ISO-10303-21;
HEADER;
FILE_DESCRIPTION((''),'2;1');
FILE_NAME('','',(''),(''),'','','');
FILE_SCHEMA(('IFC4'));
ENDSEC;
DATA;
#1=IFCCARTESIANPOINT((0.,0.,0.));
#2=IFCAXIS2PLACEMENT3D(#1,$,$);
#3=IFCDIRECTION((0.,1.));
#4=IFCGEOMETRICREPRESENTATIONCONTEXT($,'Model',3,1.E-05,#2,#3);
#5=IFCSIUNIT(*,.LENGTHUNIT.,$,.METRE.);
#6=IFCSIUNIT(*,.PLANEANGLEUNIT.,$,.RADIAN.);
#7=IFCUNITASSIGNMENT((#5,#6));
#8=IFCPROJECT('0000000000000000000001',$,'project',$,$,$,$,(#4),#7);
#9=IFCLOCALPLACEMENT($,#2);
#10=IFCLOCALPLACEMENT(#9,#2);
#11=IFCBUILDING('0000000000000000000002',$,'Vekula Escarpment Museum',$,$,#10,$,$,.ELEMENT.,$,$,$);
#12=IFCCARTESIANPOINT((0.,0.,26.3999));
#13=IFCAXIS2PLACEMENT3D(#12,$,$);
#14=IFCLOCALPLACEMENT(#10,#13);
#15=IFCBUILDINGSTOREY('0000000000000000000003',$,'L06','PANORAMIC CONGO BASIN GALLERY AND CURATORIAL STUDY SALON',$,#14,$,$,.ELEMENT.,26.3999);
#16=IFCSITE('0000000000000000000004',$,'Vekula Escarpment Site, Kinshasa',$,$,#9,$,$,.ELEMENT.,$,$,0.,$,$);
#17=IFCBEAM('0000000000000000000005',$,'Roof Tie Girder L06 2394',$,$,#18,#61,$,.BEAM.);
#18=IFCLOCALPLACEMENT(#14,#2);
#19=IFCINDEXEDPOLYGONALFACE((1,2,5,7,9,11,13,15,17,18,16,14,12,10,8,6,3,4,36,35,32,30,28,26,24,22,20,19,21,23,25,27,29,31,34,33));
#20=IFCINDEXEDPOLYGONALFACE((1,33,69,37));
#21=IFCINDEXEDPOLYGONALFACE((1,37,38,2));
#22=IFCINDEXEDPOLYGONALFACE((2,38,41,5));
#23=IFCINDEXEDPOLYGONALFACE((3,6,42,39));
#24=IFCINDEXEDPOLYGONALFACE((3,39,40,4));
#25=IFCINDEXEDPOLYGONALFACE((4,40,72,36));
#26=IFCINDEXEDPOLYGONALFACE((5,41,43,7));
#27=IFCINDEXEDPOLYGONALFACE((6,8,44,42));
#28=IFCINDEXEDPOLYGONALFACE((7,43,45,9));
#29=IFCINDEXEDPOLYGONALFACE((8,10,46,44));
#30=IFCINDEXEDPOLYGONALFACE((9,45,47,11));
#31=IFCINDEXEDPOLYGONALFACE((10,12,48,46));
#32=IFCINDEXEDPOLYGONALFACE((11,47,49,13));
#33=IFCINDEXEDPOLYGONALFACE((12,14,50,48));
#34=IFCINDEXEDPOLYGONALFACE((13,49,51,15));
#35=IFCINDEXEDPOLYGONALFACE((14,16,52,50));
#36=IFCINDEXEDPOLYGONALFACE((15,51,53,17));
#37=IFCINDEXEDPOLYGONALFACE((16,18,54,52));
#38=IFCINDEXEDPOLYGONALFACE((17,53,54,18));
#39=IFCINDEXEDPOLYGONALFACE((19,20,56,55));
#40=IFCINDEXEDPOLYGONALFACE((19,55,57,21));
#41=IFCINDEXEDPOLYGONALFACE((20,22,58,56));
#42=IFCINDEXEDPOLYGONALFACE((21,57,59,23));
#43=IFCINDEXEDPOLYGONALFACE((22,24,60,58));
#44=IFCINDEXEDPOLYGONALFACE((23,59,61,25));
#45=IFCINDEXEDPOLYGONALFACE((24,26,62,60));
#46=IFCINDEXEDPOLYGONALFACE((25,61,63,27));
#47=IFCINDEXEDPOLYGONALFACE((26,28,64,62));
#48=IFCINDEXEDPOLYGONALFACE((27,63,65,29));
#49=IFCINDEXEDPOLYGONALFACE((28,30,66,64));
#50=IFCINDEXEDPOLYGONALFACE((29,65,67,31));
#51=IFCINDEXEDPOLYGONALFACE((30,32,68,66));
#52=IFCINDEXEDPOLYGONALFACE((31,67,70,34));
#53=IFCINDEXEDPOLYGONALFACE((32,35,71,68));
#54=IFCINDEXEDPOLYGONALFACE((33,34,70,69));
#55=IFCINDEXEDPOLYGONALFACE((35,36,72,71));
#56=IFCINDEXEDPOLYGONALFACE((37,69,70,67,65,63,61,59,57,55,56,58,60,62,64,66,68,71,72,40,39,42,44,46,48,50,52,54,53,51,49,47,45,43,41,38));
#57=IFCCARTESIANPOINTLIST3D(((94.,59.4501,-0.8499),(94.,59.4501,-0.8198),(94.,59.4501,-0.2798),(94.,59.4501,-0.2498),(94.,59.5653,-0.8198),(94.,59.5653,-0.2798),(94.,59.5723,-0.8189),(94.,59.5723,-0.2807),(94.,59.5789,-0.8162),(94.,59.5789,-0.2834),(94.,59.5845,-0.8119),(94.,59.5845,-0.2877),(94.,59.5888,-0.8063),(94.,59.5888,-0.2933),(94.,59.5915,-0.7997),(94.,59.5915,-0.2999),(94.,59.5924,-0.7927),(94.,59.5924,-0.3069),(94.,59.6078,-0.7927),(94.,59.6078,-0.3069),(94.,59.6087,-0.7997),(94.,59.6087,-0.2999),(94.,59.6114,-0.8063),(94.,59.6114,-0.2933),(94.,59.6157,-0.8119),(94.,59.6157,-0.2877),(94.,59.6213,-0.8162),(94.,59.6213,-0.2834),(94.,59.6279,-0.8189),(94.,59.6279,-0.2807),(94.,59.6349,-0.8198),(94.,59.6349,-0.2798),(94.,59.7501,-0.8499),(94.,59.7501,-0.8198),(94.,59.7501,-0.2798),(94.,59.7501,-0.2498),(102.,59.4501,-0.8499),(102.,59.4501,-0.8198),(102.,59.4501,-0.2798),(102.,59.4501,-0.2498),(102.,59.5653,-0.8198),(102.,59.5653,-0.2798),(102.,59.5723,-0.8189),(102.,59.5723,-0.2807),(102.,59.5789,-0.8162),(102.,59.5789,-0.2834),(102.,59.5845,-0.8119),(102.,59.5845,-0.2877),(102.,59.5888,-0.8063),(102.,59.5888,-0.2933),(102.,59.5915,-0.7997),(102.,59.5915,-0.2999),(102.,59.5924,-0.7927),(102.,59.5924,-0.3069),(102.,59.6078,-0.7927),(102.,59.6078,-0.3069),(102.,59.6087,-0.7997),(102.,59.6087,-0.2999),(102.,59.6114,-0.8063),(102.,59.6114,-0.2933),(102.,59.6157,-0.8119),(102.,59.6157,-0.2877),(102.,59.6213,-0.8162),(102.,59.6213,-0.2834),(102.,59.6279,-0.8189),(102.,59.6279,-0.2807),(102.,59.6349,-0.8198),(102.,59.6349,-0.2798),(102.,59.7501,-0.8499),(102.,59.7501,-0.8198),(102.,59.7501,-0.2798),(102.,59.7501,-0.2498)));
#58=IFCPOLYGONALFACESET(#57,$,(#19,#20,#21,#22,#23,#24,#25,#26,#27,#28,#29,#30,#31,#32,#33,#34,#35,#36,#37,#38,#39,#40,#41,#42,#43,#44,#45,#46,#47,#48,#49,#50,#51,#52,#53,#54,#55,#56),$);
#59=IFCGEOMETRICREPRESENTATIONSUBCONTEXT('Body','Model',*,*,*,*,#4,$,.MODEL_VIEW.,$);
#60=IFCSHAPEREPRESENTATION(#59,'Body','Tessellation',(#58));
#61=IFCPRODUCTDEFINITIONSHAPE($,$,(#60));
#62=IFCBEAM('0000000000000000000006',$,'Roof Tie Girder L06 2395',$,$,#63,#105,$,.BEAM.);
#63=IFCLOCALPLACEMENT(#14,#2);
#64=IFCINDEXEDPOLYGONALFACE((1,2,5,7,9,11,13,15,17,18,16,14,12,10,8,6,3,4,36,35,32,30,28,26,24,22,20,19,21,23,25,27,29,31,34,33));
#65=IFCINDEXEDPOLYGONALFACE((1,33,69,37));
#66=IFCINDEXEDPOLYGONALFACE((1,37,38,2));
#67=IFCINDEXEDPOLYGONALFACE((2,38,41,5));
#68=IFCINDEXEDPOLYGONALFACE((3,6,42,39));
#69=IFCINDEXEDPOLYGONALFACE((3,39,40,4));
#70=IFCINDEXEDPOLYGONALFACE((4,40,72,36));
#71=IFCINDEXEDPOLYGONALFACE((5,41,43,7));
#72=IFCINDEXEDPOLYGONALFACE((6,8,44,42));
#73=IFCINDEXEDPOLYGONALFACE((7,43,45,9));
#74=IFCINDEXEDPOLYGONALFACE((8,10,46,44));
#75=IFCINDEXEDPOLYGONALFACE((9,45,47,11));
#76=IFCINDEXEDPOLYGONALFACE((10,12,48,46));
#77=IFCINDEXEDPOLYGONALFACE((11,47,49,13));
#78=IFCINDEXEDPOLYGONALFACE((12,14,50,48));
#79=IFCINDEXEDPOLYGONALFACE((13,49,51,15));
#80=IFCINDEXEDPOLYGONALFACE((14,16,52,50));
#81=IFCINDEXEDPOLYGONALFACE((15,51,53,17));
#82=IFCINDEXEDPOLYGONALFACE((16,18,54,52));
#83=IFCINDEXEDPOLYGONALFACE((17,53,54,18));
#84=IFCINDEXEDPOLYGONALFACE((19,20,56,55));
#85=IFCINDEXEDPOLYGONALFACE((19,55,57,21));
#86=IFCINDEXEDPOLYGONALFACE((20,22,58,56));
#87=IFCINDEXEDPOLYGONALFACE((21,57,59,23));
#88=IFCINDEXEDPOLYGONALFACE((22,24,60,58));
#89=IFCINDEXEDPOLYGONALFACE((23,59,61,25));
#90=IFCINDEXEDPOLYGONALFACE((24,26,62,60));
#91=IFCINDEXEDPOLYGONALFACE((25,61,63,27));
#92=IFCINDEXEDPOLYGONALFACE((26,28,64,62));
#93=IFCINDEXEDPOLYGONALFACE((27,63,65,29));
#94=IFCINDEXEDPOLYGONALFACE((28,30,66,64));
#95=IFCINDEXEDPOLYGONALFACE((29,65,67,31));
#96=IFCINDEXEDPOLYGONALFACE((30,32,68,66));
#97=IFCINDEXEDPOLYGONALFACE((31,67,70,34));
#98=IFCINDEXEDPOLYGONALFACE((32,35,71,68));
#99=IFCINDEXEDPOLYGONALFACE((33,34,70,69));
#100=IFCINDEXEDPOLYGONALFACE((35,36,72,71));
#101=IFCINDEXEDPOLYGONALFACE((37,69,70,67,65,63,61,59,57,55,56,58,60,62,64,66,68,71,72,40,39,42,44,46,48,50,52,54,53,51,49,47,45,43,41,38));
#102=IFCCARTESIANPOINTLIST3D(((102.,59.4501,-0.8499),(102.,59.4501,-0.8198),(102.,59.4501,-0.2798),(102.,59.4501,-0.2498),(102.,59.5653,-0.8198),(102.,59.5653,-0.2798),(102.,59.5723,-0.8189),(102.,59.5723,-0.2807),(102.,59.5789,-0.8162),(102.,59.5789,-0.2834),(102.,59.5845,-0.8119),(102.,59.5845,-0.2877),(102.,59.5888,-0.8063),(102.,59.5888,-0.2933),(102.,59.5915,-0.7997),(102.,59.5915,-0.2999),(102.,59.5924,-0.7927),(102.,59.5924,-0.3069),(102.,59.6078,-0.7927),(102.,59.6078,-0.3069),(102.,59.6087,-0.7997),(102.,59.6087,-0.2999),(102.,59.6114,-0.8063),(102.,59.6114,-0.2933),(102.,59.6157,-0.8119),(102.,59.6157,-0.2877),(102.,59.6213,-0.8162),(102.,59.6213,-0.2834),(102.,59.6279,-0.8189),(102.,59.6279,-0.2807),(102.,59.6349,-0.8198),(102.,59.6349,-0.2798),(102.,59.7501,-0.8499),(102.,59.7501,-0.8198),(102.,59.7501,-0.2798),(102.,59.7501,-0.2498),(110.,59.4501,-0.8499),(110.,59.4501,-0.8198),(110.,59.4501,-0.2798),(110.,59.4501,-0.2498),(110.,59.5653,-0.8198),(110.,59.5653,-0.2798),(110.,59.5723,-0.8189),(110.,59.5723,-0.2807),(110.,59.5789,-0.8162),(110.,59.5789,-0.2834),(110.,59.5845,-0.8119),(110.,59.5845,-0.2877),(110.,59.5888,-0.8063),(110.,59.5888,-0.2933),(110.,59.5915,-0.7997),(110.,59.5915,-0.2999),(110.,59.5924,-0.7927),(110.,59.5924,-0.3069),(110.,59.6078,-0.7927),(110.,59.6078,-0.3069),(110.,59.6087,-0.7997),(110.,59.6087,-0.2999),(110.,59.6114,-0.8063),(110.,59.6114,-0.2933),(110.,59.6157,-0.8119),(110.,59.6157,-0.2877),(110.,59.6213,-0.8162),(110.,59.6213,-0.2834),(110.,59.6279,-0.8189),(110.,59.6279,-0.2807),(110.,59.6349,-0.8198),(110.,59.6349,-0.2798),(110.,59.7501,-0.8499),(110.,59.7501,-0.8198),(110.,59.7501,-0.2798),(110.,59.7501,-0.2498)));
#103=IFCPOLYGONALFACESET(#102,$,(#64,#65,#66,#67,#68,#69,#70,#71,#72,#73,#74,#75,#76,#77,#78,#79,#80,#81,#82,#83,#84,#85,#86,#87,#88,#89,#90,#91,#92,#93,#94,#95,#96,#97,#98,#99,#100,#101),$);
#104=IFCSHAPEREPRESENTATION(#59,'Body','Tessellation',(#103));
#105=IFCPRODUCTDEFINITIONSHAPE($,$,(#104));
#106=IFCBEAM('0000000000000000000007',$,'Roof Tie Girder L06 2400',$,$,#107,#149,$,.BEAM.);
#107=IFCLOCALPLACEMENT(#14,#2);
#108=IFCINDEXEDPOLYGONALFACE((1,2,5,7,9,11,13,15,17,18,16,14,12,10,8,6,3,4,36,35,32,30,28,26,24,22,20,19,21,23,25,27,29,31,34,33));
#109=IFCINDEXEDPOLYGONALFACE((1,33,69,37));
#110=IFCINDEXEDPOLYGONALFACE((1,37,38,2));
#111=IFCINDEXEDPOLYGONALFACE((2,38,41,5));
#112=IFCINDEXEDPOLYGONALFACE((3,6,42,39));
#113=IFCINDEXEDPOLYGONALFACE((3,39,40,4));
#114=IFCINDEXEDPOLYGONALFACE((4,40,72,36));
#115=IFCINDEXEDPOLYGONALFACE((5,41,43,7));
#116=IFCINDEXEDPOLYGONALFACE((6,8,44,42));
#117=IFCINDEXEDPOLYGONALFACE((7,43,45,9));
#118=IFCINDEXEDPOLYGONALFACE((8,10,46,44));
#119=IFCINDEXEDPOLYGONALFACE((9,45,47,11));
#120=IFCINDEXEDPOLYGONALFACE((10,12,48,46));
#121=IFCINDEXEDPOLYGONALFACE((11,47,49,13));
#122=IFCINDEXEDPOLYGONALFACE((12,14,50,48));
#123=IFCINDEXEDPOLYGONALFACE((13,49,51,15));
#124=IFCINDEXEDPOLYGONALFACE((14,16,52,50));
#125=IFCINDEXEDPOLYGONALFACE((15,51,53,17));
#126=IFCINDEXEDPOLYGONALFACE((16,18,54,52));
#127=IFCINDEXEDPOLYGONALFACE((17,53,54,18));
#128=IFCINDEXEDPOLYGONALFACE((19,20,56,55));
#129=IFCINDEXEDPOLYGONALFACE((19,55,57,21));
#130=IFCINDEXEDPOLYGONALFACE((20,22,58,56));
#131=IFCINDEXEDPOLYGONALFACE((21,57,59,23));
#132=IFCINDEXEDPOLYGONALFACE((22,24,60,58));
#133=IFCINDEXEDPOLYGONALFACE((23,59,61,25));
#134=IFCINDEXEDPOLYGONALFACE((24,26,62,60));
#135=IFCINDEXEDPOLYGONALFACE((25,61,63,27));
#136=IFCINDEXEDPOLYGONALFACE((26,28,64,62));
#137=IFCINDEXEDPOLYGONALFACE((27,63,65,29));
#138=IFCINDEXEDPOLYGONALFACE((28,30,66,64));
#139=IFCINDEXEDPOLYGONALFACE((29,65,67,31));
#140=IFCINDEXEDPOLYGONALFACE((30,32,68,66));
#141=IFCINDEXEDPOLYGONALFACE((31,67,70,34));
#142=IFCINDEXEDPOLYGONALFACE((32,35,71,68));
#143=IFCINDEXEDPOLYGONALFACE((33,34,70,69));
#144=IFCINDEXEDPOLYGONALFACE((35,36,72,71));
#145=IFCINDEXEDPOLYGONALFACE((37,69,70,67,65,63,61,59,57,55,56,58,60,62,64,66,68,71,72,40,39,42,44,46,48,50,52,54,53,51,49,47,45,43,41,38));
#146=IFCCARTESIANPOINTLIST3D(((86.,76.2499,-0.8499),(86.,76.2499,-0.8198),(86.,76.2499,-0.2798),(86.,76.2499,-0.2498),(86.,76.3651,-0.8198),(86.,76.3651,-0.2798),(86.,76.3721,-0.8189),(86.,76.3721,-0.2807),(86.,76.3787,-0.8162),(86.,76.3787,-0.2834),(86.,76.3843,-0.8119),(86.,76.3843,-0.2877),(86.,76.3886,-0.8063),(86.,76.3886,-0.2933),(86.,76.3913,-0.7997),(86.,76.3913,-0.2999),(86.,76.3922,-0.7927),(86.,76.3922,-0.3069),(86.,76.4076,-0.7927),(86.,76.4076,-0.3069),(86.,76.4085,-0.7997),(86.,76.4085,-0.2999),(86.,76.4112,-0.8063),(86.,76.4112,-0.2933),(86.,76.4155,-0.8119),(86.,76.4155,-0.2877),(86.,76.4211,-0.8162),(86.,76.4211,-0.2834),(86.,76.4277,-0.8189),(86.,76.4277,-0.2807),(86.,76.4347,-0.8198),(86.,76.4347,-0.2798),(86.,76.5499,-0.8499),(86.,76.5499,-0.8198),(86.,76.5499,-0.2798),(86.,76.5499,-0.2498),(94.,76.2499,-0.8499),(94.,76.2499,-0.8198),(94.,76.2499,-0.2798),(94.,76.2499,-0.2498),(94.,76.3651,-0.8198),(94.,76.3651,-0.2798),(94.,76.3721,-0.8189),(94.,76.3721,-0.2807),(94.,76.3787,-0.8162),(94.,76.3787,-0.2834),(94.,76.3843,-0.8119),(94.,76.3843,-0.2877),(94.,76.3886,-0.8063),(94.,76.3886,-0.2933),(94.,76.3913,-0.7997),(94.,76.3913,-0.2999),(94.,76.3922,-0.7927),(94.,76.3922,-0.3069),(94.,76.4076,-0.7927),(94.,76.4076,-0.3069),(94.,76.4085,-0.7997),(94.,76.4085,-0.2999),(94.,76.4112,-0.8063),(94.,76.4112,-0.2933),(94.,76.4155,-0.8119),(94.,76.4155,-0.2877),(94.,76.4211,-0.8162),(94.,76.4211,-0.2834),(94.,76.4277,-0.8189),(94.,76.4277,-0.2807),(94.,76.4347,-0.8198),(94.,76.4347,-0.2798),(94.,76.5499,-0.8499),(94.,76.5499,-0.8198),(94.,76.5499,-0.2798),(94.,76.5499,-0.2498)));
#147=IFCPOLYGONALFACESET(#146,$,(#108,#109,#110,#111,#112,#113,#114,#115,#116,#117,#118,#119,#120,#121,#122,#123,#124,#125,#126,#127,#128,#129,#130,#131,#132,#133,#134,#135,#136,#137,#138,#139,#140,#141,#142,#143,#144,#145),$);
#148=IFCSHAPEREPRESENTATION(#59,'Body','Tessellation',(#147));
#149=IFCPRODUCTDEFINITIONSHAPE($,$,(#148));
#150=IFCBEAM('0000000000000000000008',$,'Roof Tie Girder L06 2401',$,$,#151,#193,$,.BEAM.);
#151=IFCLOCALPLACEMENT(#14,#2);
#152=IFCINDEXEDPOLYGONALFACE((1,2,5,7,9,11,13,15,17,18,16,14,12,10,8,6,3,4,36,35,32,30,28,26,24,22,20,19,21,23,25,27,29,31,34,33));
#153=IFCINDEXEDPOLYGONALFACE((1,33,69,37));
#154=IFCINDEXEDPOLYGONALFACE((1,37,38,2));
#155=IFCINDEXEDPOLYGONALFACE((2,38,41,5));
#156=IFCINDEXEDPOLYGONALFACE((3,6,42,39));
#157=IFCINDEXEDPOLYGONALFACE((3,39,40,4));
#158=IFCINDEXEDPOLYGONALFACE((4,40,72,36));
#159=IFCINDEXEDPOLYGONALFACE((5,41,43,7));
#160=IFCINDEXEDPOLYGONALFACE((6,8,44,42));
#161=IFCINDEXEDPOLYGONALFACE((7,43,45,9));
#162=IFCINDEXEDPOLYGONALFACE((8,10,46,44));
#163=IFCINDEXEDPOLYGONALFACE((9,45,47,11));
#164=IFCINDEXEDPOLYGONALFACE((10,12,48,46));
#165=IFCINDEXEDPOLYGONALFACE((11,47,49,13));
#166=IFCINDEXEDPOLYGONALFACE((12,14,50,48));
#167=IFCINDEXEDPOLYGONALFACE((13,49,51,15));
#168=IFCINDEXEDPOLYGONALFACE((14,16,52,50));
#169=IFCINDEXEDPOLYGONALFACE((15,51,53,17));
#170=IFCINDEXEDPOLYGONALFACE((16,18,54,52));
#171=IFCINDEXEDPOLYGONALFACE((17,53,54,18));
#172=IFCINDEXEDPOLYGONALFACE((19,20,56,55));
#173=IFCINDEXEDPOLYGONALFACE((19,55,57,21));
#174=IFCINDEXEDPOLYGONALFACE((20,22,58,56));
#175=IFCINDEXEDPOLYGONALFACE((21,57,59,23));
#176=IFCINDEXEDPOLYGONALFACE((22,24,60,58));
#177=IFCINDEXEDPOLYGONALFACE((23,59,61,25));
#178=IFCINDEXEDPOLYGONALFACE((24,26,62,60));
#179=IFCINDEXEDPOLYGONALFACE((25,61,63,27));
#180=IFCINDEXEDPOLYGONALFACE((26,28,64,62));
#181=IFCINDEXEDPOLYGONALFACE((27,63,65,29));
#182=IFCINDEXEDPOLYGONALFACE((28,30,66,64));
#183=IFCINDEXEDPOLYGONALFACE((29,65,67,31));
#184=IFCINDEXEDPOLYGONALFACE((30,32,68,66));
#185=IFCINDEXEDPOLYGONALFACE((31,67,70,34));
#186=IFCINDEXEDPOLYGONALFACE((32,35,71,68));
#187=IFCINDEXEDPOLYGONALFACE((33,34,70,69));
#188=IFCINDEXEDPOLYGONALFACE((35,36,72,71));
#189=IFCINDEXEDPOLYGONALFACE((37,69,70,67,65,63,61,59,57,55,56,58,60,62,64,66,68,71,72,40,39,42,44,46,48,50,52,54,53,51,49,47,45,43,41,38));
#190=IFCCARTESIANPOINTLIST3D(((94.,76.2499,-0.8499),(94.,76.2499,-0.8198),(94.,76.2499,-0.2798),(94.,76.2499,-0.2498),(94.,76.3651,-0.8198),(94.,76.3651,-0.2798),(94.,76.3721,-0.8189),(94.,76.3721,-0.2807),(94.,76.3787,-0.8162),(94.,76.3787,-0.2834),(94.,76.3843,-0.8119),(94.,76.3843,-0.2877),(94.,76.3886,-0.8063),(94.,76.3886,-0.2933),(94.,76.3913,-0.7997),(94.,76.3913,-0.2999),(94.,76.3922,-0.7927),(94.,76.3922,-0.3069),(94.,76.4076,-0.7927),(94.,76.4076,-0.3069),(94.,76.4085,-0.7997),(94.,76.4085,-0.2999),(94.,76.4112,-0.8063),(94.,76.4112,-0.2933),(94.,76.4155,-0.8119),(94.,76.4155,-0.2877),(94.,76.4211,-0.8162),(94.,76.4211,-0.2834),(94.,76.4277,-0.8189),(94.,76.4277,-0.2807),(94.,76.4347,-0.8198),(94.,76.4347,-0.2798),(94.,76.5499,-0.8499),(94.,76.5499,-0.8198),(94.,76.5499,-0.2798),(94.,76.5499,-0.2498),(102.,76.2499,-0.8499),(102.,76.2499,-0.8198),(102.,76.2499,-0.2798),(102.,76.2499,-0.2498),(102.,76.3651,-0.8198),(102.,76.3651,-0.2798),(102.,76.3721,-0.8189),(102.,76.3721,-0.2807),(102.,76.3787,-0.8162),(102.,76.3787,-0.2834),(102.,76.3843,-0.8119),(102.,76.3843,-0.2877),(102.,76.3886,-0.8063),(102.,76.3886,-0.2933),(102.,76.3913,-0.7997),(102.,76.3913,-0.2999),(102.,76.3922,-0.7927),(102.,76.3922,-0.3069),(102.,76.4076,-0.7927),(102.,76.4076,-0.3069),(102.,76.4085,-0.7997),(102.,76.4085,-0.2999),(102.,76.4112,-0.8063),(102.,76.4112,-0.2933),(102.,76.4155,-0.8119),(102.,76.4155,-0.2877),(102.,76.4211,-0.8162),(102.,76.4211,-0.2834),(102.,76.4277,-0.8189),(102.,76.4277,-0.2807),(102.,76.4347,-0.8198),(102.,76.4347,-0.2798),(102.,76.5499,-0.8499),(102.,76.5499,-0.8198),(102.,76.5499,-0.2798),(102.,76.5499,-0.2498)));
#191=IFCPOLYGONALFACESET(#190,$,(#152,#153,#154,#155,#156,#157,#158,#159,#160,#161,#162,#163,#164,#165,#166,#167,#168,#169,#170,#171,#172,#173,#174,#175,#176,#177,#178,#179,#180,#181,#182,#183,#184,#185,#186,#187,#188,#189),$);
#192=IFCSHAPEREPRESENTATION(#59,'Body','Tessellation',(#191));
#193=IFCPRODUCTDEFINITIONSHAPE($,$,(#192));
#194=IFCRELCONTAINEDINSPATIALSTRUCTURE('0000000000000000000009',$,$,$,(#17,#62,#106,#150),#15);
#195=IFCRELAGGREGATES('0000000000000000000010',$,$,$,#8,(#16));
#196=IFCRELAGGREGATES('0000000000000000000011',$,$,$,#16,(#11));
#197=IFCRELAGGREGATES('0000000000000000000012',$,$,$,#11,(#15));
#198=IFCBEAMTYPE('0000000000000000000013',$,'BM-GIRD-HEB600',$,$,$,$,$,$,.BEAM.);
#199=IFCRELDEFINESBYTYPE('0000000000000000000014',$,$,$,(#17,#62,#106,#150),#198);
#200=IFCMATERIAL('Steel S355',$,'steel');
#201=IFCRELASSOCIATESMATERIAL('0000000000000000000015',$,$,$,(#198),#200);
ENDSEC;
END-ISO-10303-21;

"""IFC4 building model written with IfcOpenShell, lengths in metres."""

from ifc_helpers import new_model, si_unit, direction, frame, origin, origin_2d, place, context, subcontext, project, spatial, i_section, extrude, material, material_profile, profile_set, type_object, element, save


model = new_model("IFC4")

# Units and contexts
model_context = context("Model", 3, precision=1e-05, world=origin(), true_north=direction((0.0, 1.0)))
body_context = subcontext(model_context, "Body", "Model", "MODEL_VIEW")
ifc_project = project(units=[si_unit("LENGTHUNIT", "METRE"), si_unit("PLANEANGLEUNIT", "RADIAN")], contexts=[model_context])

# Site, building, storey
site_placement = place(None, origin())
site = spatial("IfcSite", under=ifc_project, at=site_placement, Name="Vekula Escarpment Site, Kinshasa", CompositionType="ELEMENT", RefElevation=0.0)
building_placement = place(site_placement, origin())
building = spatial("IfcBuilding", under=site, at=building_placement, Name="Vekula Escarpment Museum", CompositionType="ELEMENT")
storey_placement = place(building_placement, frame((0.0, 0.0, 26.3999)))
storey = spatial("IfcBuildingStorey", under=building, at=storey_placement, Name="L06", Description="PANORAMIC CONGO BASIN GALLERY AND CURATORIAL STUDY SALON", CompositionType="ELEMENT", Elevation=26.3999)

# Beams
ifc_material_1 = material(Name="Steel S355", Category="steel")
ifc_material_profile_1 = material_profile(ifc_material_1, i_section(OverallWidth=0.3, OverallDepth=0.6001, WebThickness=0.0154, FlangeThickness=0.03, FilletRadius=0.0271, at=origin_2d()), Name="HEB 600")
ifc_profile_set_1 = profile_set([ifc_material_profile_1], Name="Steel S355")
beam_type = type_object("IfcBeamType", Name="BM-GIRD-HEB600", PredefinedType="BEAM", material=ifc_profile_set_1)
for number, where, z_axis, x_axis, name in (
    (1, (94.0, 59.6001, -0.5498), (1.0, 0.0, 0.0), (0.0, 1.0, 0.0), "Roof Tie Girder L06 2394"),
    (2, (102.0, 59.6001, -0.5498), (1.0, 0.0, 0.0), (0.0, 1.0, 0.0), "Roof Tie Girder L06 2395"),
    (3, (86.0, 76.3999, -0.5498), (1.0, 0.0, 0.0), (0.0, 1.0, 0.0), "Roof Tie Girder L06 2400"),
    (4, (94.0, 76.3999, -0.5498), (1.0, 0.0, 0.0), (0.0, 1.0, 0.0), "Roof Tie Girder L06 2401"),
):
    element("IfcBeam", number, at=place(storey_placement, frame(where, z_axis=z_axis, x_axis=x_axis)), inside=storey, type_object=beam_type, Name=name, PredefinedType="BEAM", context=body_context, shape_type="SweptSolid", body=[
        extrude(i_section(OverallWidth=0.3, OverallDepth=0.6001, WebThickness=0.0154, FlangeThickness=0.03, FilletRadius=0.0271, at=origin_2d()), origin(), (0.0, 0.0, 1.0), 8.0),
    ])

save(model, "model.ifc")
